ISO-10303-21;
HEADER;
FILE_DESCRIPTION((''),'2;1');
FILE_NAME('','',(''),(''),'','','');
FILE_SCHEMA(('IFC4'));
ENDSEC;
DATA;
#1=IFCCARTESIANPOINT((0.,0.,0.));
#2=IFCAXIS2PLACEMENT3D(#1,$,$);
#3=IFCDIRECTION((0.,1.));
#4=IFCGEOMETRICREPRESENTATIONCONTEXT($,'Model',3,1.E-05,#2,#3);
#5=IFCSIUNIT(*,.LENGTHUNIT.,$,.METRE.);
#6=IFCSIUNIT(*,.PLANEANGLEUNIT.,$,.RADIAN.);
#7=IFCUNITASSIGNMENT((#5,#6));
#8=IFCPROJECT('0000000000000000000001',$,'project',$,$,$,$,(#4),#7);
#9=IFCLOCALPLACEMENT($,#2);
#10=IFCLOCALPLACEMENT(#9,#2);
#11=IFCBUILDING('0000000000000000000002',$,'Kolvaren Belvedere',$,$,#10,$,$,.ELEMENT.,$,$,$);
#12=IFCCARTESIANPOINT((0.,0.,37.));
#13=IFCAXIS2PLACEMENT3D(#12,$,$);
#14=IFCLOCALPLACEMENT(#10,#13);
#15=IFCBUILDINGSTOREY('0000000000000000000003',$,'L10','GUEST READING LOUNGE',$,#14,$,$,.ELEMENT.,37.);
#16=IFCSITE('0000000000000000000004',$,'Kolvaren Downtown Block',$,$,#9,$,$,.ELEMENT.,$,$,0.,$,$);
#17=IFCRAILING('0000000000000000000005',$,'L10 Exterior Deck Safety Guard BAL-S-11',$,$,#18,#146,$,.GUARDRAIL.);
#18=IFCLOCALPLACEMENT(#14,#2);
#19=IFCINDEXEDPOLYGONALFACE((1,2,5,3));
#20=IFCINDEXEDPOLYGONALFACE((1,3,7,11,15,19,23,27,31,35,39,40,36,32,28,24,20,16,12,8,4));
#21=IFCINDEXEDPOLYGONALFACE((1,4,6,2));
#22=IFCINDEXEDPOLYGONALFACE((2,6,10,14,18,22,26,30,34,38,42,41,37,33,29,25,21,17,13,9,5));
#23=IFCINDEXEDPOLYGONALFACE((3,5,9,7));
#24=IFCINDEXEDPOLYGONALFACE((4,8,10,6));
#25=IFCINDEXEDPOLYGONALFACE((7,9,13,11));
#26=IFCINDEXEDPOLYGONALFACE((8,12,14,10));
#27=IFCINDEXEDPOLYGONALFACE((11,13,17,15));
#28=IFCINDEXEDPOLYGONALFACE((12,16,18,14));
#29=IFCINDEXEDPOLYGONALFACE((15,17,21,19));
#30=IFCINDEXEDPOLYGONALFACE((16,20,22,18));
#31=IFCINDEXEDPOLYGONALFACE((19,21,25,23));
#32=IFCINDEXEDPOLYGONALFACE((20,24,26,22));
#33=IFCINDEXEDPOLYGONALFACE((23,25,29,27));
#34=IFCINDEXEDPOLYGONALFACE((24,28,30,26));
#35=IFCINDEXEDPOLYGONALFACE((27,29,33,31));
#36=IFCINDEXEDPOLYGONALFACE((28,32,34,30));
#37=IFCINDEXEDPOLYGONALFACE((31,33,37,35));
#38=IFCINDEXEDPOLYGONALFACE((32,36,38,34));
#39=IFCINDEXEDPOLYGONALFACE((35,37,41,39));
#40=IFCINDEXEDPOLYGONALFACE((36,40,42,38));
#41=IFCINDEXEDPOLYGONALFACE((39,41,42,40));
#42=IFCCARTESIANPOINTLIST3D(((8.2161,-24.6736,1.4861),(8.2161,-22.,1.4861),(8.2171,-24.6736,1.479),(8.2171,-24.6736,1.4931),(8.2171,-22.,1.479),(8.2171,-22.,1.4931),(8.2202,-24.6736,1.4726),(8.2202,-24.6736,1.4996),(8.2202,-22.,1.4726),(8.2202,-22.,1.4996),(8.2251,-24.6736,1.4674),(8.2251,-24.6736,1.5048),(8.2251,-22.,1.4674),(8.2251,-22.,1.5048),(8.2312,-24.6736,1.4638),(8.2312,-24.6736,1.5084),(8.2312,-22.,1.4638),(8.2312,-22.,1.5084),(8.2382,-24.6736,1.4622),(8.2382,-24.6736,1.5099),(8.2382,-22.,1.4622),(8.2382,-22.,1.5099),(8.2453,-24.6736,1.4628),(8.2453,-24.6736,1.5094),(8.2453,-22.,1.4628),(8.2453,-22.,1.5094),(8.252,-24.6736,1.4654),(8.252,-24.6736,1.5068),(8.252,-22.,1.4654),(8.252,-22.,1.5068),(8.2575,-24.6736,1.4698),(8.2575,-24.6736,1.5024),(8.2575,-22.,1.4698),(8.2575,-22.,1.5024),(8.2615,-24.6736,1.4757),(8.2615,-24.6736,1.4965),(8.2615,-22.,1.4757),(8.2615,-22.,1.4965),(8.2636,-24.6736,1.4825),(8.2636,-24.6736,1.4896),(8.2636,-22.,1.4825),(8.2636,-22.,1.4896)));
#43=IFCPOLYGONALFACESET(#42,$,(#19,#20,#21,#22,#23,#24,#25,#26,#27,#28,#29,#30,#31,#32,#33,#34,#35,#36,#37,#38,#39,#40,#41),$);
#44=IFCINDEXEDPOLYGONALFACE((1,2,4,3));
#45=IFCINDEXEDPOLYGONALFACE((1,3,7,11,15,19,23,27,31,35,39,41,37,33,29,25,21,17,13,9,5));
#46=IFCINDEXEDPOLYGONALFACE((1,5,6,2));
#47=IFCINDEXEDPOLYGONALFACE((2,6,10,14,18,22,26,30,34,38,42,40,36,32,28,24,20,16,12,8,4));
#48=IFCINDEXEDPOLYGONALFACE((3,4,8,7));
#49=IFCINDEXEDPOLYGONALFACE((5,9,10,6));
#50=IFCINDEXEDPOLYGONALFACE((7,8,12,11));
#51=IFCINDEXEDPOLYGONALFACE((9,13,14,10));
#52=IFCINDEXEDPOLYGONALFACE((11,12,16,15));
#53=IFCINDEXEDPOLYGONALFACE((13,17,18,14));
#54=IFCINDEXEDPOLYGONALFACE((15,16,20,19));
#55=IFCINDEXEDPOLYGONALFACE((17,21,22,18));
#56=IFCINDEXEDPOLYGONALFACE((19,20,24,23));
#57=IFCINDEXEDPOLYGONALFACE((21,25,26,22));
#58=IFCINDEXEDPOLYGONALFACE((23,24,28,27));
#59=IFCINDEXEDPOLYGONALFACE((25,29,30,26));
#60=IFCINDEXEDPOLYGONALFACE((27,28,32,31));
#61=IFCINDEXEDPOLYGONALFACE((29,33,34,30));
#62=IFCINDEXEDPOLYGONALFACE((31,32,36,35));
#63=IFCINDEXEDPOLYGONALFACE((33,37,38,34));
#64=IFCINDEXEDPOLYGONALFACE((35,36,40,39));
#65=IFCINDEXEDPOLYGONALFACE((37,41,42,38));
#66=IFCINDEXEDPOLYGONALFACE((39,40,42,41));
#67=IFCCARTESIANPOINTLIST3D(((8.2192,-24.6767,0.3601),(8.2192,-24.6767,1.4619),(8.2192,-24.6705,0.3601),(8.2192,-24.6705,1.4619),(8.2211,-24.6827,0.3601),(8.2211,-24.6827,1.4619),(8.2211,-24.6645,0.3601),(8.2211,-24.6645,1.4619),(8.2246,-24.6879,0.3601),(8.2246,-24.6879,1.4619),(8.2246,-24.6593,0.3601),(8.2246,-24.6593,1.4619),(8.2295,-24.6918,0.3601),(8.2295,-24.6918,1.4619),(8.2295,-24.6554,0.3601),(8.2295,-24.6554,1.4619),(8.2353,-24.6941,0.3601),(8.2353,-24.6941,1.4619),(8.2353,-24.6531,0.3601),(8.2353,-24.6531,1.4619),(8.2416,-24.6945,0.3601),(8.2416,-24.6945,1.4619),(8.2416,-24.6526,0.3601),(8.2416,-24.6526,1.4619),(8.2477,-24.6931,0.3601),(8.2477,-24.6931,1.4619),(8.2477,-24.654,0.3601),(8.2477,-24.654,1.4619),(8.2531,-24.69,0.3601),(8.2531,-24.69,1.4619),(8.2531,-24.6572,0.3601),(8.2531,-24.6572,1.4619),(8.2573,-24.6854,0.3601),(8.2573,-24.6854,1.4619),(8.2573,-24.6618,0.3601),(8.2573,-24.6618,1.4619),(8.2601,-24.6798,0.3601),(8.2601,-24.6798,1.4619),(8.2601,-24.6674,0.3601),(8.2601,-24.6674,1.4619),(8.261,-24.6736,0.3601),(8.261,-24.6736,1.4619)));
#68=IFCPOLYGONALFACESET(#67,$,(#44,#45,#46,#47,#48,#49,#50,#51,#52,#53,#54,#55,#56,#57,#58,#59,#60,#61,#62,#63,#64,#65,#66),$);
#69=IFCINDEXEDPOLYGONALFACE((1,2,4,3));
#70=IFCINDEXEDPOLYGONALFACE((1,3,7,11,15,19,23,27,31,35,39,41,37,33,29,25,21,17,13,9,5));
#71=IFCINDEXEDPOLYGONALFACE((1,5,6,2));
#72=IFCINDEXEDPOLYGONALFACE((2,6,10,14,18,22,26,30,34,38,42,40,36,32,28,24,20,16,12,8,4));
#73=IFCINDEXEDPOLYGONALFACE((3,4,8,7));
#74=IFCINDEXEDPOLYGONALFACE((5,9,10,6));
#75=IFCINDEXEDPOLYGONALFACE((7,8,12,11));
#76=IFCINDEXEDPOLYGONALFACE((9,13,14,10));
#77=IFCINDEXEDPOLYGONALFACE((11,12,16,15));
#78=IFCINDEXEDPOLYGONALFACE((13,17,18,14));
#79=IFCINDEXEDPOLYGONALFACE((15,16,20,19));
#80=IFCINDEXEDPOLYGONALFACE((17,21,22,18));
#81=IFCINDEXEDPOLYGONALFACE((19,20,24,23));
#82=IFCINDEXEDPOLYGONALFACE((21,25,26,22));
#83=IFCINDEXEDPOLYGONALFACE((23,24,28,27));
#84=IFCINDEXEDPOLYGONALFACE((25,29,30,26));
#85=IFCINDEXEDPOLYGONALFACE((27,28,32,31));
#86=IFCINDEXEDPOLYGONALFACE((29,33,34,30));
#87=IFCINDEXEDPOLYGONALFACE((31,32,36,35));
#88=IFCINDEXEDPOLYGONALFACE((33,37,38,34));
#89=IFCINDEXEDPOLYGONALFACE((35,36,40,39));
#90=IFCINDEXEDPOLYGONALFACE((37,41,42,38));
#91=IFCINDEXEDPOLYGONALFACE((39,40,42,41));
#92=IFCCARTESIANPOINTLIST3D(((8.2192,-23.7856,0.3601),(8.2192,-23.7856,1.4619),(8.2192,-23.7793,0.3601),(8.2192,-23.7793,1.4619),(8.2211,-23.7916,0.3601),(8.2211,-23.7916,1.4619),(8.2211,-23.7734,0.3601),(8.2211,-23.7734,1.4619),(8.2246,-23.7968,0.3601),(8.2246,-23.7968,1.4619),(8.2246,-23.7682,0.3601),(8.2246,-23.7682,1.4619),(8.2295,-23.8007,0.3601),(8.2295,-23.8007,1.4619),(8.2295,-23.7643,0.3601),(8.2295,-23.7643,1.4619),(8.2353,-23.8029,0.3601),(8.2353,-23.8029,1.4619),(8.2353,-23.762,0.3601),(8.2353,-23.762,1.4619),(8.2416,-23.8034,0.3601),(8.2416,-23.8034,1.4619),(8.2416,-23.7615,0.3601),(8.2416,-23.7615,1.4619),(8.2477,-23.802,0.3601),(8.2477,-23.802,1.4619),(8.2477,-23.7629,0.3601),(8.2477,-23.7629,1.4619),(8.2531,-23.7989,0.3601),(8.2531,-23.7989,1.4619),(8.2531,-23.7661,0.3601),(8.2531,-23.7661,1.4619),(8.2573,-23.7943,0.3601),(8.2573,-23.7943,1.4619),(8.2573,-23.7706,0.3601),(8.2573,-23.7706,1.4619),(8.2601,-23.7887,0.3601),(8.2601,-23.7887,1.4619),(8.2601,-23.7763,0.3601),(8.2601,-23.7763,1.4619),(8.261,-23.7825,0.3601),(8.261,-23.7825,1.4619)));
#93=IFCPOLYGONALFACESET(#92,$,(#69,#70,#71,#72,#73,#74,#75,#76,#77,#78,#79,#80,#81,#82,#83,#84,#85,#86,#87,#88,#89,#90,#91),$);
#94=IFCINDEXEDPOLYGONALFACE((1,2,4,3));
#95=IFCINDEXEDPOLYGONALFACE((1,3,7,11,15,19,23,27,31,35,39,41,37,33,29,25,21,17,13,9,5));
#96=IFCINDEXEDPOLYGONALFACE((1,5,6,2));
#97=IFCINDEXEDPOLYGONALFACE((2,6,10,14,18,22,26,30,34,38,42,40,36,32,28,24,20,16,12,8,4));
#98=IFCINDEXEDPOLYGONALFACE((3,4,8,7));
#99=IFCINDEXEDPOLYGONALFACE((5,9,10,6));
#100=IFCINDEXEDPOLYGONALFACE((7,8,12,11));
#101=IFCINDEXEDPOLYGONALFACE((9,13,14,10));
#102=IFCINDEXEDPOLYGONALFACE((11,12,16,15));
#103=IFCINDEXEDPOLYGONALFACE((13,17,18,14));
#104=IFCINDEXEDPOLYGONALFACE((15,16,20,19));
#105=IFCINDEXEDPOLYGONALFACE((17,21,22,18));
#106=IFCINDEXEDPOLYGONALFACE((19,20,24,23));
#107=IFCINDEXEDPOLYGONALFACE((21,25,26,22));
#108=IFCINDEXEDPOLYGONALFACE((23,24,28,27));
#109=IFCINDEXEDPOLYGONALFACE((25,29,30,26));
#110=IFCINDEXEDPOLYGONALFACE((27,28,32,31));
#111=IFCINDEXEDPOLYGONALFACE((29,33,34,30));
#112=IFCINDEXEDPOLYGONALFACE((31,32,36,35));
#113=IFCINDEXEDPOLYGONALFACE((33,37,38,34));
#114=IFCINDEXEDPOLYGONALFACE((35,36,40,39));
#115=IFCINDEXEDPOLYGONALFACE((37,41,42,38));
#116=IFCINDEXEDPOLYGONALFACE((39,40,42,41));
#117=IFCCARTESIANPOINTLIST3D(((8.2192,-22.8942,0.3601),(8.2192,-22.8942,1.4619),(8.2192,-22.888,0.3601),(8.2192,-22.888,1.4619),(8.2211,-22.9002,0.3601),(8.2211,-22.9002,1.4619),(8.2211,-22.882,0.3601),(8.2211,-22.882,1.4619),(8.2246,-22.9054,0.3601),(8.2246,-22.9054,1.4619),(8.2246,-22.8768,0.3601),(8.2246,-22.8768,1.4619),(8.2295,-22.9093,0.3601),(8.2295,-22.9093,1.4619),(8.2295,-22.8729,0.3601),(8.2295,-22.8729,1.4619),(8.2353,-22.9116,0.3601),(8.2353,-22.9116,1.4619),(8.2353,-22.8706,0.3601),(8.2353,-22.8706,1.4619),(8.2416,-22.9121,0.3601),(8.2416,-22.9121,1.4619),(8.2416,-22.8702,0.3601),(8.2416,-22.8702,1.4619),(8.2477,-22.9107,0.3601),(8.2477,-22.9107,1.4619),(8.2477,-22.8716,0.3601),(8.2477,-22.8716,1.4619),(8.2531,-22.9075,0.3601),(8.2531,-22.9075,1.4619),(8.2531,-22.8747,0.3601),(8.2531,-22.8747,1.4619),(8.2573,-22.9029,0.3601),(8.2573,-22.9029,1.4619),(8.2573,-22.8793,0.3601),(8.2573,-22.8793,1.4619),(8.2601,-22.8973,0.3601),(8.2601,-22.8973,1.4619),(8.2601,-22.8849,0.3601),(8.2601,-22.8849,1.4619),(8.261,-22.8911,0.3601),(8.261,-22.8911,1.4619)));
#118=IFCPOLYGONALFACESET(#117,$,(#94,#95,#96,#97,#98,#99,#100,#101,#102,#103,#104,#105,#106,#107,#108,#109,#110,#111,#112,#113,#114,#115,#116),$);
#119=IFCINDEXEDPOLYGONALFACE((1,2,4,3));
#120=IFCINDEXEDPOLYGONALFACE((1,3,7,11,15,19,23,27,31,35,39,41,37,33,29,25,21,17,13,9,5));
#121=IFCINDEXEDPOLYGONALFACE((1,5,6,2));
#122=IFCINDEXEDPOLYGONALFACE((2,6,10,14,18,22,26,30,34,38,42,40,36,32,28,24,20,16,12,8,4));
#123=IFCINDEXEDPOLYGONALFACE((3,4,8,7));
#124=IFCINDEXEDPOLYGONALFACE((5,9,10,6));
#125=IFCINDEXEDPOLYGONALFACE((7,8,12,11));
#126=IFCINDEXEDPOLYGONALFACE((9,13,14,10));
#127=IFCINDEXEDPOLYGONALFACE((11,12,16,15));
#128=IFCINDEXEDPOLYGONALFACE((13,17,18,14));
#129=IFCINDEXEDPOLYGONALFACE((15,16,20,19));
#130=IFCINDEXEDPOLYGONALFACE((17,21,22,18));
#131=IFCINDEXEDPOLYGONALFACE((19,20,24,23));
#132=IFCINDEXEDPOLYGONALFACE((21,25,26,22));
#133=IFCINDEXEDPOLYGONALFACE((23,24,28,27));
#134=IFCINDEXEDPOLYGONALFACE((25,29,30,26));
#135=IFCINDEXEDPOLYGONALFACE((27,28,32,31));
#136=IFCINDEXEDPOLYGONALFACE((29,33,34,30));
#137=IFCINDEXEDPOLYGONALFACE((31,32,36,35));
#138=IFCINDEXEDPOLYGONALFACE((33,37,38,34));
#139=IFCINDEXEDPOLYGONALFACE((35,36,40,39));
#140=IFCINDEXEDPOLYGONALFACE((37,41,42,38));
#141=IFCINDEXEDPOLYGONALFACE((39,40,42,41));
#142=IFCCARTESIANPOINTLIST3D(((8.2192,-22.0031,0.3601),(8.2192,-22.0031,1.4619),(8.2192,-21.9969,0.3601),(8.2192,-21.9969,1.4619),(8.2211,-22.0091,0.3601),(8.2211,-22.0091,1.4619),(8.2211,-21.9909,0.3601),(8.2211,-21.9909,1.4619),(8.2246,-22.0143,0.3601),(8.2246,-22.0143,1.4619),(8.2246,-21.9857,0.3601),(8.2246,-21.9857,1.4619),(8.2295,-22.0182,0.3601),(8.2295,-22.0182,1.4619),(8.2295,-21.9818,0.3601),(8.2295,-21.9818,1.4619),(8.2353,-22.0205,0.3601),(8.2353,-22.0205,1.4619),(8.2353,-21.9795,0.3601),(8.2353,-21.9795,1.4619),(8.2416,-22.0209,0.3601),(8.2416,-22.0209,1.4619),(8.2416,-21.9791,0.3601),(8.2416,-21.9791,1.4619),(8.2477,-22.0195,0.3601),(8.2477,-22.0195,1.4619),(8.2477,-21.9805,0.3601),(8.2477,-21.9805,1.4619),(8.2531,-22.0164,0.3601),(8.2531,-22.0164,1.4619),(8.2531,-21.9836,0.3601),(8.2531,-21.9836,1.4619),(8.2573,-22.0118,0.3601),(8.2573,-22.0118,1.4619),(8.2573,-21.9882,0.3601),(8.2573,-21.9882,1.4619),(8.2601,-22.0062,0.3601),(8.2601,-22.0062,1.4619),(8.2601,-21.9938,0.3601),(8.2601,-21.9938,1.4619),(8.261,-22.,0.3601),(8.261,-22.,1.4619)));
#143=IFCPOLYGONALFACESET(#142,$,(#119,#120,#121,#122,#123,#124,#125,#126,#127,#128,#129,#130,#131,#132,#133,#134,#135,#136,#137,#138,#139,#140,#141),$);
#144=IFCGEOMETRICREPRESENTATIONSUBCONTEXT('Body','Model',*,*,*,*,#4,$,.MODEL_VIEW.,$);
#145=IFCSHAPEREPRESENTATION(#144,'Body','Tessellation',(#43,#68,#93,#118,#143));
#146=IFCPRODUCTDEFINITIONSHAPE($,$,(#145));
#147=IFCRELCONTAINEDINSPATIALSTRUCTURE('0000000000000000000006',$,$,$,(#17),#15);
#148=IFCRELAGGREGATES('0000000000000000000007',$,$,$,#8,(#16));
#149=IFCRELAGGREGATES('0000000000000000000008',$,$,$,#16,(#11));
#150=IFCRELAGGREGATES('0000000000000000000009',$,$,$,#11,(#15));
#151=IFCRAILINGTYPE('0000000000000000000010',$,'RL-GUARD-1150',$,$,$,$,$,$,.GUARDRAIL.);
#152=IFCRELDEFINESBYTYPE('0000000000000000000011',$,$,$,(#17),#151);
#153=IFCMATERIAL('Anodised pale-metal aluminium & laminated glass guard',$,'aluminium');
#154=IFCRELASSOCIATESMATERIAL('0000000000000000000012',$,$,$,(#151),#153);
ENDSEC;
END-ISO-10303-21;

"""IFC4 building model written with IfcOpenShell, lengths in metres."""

from ifc_helpers import new_model, si_unit, direction, frame, origin, origin_2d, place, context, subcontext, project, spatial, circle, extrude, material, type_object, element, save


model = new_model("IFC4")

# Units and contexts
model_context = context("Model", 3, precision=1e-05, world=origin(), true_north=direction((0.0, 1.0)))
body_context = subcontext(model_context, "Body", "Model", "MODEL_VIEW")
ifc_project = project(units=[si_unit("LENGTHUNIT", "METRE"), si_unit("PLANEANGLEUNIT", "RADIAN")], contexts=[model_context])

# Site, building, storey
site_placement = place(None, origin())
site = spatial("IfcSite", under=ifc_project, at=site_placement, Name="Kolvaren Downtown Block", CompositionType="ELEMENT", RefElevation=0.0)
building_placement = place(site_placement, origin())
building = spatial("IfcBuilding", under=site, at=building_placement, Name="Kolvaren Belvedere", CompositionType="ELEMENT")
storey_placement = place(building_placement, frame((0.0, 0.0, 37.0)))
storey = spatial("IfcBuildingStorey", under=building, at=storey_placement, Name="L10", Description="GUEST READING LOUNGE", CompositionType="ELEMENT", Elevation=37.0)

# Railing
ifc_material_1 = material(Name="Anodised pale-metal aluminium & laminated glass guard", Category="aluminium")
railing_type = type_object("IfcRailingType", Name="RL-GUARD-1150", PredefinedType="GUARDRAIL", material=ifc_material_1)
railing_1_placement = place(storey_placement, frame((8.24, -24.6736, 0.3601)))
element("IfcRailing", 1, at=railing_1_placement, inside=storey, type_object=railing_type, Name="L10 Exterior Deck Safety Guard BAL-S-11", PredefinedType="GUARDRAIL", context=body_context, shape_type="SweptSolid", body=[
    extrude(circle(Radius=0.0239, at=origin_2d()), frame((0.0, 0.0, 1.126), z_axis=(0.0, 1.0, 0.0), x_axis=(-1.0, 0.0, 0.0)), (0.0, 0.0, 1.0), 2.6736),
    extrude(circle(Radius=0.021, at=origin_2d()), origin(), (0.0, 0.0, 1.0), 1.1018),
    extrude(circle(Radius=0.021, at=origin_2d()), frame((0.0, 0.8911, 0.0)), (0.0, 0.0, 1.0), 1.1018),
    extrude(circle(Radius=0.021, at=origin_2d()), frame((0.0, 1.7825, 0.0)), (0.0, 0.0, 1.0), 1.1018),
    extrude(circle(Radius=0.021, at=origin_2d()), frame((0.0, 2.6736, 0.0)), (0.0, 0.0, 1.0), 1.1018),
])

save(model, "model.ifc")
